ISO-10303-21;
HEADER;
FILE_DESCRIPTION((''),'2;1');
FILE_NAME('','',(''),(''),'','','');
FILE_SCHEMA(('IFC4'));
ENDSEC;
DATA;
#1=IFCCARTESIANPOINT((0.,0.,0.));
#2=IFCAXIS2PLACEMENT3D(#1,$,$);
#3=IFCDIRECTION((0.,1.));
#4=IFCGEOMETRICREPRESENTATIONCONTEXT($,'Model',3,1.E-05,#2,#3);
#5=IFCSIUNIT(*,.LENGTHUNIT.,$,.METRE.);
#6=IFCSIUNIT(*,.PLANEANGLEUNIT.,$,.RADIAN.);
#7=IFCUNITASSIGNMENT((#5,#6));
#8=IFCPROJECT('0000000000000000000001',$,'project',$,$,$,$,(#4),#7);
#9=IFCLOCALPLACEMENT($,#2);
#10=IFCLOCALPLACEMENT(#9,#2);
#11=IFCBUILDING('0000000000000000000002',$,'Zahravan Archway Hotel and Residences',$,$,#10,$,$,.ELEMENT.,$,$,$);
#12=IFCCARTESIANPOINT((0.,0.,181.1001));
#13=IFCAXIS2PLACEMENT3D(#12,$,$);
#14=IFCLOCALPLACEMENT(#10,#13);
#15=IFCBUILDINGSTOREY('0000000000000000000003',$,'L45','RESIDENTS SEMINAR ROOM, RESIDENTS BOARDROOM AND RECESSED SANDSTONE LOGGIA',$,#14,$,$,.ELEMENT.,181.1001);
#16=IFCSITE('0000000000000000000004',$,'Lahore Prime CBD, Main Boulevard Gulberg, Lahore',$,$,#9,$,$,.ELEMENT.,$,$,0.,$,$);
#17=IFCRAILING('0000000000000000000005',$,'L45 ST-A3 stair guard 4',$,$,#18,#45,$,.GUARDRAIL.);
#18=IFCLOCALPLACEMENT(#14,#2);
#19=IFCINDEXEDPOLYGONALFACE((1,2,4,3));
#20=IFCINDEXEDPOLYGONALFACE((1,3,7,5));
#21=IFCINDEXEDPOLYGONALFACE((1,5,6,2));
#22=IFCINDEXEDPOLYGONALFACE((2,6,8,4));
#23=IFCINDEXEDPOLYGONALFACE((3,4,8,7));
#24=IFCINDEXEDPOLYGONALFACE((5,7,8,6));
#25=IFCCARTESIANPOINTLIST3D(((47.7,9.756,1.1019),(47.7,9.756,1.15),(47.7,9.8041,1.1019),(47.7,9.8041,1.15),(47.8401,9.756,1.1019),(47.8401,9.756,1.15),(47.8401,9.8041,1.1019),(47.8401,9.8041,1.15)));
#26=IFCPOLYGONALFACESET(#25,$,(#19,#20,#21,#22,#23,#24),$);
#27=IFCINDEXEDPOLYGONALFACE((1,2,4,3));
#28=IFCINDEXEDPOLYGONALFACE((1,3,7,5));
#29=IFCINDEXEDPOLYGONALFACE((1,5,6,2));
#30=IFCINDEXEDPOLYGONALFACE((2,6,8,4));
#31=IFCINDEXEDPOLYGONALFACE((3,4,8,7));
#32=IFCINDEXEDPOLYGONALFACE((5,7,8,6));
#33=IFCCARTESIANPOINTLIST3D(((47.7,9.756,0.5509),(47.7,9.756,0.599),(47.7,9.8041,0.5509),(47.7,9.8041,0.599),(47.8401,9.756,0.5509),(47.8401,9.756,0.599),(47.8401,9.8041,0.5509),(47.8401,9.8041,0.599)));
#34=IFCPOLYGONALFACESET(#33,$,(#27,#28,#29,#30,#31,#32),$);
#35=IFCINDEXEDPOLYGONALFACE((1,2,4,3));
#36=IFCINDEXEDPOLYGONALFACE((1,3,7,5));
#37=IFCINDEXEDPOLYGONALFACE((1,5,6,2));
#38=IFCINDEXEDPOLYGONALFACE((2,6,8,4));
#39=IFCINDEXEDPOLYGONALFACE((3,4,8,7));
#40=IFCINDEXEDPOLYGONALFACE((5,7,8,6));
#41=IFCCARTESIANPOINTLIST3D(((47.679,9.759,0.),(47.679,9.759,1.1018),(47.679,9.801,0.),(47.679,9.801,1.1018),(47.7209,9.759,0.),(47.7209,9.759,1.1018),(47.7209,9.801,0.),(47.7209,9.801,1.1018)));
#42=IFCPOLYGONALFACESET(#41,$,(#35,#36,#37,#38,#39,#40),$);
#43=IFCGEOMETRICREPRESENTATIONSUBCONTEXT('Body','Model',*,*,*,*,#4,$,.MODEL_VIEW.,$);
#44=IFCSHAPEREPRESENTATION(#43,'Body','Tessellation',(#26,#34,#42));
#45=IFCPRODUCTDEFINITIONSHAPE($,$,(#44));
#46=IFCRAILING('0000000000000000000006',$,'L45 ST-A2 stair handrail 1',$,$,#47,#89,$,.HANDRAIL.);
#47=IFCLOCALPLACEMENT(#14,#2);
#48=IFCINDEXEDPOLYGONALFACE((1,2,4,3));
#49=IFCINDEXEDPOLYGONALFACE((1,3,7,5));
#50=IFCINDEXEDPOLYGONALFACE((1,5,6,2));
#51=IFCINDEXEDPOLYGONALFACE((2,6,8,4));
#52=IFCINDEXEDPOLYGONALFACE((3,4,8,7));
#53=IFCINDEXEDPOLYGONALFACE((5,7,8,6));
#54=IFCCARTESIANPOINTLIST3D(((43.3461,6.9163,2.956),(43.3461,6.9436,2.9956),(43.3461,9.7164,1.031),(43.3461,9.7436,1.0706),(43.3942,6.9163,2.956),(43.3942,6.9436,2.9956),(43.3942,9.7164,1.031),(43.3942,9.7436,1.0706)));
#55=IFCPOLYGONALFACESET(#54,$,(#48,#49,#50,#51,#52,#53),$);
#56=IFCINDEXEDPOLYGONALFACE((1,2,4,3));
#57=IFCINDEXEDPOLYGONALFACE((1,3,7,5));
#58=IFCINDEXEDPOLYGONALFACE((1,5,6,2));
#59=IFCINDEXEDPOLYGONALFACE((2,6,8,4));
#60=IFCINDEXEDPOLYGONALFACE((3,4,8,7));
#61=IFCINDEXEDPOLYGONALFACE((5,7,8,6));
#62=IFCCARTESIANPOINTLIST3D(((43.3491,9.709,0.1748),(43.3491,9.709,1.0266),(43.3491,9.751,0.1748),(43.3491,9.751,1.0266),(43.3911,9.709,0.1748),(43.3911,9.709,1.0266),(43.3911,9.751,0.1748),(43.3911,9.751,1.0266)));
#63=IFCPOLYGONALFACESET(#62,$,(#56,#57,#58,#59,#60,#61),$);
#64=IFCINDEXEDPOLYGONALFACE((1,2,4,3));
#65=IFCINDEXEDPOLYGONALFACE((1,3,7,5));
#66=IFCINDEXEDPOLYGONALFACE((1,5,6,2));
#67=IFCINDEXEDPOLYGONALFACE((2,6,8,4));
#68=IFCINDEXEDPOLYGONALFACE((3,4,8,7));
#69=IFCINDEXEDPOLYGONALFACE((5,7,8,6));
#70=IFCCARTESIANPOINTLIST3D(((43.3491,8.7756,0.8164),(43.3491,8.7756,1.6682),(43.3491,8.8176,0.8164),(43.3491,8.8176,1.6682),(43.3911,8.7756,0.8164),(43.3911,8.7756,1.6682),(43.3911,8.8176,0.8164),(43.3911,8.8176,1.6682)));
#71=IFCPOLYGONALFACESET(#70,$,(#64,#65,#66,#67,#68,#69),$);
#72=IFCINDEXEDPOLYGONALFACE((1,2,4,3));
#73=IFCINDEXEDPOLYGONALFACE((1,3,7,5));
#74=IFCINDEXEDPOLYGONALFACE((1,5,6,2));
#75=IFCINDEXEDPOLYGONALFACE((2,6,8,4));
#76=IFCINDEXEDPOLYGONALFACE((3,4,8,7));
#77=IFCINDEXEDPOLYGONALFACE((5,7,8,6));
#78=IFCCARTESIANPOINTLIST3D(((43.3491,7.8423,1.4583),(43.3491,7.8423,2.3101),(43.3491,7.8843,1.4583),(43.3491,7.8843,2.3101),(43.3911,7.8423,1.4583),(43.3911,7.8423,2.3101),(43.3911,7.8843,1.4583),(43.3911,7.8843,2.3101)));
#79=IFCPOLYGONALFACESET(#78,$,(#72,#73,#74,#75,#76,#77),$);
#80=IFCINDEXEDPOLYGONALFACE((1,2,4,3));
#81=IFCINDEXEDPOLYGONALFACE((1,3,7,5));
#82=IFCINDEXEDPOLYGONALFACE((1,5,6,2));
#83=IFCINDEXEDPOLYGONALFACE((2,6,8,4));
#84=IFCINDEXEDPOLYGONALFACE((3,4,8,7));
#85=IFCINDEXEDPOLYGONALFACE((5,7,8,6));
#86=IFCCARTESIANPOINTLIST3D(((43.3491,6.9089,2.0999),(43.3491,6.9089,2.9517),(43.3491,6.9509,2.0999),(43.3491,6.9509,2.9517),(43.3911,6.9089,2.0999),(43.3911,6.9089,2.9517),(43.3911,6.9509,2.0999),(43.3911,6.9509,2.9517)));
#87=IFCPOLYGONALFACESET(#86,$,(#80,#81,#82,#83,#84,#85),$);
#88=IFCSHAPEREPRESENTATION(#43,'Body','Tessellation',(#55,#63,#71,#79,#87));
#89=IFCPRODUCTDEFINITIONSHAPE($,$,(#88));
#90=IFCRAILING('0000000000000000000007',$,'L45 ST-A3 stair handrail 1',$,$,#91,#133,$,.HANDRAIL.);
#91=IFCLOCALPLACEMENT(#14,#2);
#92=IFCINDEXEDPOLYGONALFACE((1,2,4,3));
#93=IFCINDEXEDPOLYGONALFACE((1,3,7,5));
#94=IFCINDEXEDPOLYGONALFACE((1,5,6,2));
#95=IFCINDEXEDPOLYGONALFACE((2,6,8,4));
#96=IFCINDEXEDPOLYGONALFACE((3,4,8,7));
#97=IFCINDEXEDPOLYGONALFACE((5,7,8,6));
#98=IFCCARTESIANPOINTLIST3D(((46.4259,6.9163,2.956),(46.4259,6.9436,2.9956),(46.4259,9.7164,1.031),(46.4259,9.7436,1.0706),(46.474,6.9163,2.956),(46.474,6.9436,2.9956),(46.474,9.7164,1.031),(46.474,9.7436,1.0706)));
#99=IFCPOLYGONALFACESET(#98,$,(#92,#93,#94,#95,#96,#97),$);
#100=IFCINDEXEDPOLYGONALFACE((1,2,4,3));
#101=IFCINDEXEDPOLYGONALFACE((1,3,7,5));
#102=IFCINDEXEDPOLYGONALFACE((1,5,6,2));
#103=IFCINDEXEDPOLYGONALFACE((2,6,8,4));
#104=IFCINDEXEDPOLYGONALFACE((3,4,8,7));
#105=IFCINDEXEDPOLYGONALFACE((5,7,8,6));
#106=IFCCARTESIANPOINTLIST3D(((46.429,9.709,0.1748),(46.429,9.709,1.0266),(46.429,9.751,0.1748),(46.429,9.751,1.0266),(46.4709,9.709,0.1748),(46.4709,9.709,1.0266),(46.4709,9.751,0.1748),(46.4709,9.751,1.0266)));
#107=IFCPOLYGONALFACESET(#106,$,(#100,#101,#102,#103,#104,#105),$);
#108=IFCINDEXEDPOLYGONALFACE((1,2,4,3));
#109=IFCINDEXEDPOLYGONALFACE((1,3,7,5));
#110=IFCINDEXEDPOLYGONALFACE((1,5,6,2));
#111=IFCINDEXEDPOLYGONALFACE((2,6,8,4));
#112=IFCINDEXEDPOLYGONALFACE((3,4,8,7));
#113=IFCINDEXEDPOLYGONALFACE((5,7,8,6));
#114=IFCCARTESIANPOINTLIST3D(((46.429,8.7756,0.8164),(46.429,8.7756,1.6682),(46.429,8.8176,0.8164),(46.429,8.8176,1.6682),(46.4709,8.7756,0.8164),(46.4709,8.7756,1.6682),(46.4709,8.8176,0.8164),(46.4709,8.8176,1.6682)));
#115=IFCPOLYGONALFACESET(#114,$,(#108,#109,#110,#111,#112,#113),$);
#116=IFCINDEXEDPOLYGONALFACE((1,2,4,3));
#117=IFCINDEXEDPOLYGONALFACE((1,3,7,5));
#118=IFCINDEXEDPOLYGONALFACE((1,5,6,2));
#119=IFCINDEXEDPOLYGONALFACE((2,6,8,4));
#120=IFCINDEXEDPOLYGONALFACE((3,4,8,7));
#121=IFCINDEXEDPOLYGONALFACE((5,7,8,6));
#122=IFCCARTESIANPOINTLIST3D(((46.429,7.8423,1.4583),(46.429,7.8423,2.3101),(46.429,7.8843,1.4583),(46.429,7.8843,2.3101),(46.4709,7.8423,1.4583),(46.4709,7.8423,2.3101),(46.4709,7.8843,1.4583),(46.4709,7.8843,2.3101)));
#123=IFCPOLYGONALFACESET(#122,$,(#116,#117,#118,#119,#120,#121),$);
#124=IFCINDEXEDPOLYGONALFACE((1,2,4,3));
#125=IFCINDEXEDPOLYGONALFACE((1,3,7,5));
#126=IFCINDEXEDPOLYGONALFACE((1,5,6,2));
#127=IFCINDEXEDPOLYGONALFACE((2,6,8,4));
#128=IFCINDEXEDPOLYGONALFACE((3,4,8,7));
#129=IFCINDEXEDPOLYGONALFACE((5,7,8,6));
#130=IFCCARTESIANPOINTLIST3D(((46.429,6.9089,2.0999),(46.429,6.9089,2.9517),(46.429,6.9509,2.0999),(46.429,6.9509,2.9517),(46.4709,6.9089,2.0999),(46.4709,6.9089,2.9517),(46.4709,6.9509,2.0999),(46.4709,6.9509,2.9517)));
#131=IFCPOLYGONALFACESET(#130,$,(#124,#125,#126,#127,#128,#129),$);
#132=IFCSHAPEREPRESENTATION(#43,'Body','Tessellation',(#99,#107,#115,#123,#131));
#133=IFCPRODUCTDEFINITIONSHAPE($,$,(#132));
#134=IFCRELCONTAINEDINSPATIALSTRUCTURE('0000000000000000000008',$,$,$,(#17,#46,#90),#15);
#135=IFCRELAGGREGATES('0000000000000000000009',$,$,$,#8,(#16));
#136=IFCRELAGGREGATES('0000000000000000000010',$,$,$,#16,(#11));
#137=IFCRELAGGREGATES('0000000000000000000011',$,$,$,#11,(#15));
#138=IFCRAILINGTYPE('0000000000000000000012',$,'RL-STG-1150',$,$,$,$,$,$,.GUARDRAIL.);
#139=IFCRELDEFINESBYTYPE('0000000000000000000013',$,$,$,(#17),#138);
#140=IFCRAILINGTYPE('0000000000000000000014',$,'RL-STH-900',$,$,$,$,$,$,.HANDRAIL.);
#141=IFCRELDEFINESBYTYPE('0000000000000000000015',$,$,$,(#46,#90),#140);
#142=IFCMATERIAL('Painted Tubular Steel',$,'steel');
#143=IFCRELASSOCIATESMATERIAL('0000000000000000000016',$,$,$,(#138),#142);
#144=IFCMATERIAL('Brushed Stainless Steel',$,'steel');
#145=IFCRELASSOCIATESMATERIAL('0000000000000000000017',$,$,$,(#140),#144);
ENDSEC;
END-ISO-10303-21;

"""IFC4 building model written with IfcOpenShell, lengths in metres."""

from ifc_helpers import new_model, si_unit, direction, frame, origin, origin_2d, place, context, subcontext, project, spatial, rectangle, extrude, material, type_object, element, save


model = new_model("IFC4")

# Units and contexts
model_context = context("Model", 3, precision=1e-05, world=origin(), true_north=direction((0.0, 1.0)))
body_context = subcontext(model_context, "Body", "Model", "MODEL_VIEW")
ifc_project = project(units=[si_unit("LENGTHUNIT", "METRE"), si_unit("PLANEANGLEUNIT", "RADIAN")], contexts=[model_context])

# Site, building, storey
site_placement = place(None, origin())
site = spatial("IfcSite", under=ifc_project, at=site_placement, Name="Lahore Prime CBD, Main Boulevard Gulberg, Lahore", CompositionType="ELEMENT", RefElevation=0.0)
building_placement = place(site_placement, origin())
building = spatial("IfcBuilding", under=site, at=building_placement, Name="Zahravan Archway Hotel and Residences", CompositionType="ELEMENT")
storey_placement = place(building_placement, frame((0.0, 0.0, 181.1001)))
storey = spatial("IfcBuildingStorey", under=building, at=storey_placement, Name="L45", Description="RESIDENTS SEMINAR ROOM, RESIDENTS BOARDROOM AND RECESSED SANDSTONE LOGGIA", CompositionType="ELEMENT", Elevation=181.1001)

# Shared definitions
ifc_material_1 = material(Name="Brushed Stainless Steel", Category="steel")

# Railings
ifc_material_2 = material(Name="Painted Tubular Steel", Category="steel")
railing_type_1 = type_object("IfcRailingType", Name="RL-STG-1150", PredefinedType="GUARDRAIL", material=ifc_material_2)
railing_1_placement = place(storey_placement, frame((47.7, 9.78, 0.0)))
element("IfcRailing", 1, at=railing_1_placement, inside=storey, type_object=railing_type_1, Name="L45 ST-A3 stair guard 4", PredefinedType="GUARDRAIL", context=body_context, shape_type="SweptSolid", body=[
    extrude(rectangle(XDim=0.0481, YDim=0.0481, at=origin_2d()), frame((0.0, 0.0, 1.126), z_axis=(1.0, 0.0, 0.0), x_axis=(0.0, 1.0, 0.0)), (0.0, 0.0, 1.0), 0.1401),
    extrude(rectangle(XDim=0.0481, YDim=0.0481, at=origin_2d()), frame((0.0, 0.0, 0.575), z_axis=(1.0, 0.0, 0.0), x_axis=(0.0, 1.0, 0.0)), (0.0, 0.0, 1.0), 0.1401),
    extrude(rectangle(XDim=0.042, YDim=0.042, at=origin_2d()), origin(), (0.0, 0.0, 1.0), 1.1018),
])
railing_type_2 = type_object("IfcRailingType", Name="RL-STH-900", PredefinedType="HANDRAIL", material=ifc_material_1)
for number, where, name in (
    (2, (43.3701, 9.73, 0.1748), "L45 ST-A2 stair handrail 1"),
    (3, (46.45, 9.73, 0.1748), "L45 ST-A3 stair handrail 1"),
):
    element("IfcRailing", number, at=place(storey_placement, frame(where)), inside=storey, type_object=railing_type_2, Name=name, PredefinedType="HANDRAIL", context=body_context, shape_type="SweptSolid", body=[
        extrude(rectangle(XDim=0.0481, YDim=0.0481, at=origin_2d()), frame((0.0, 0.0, 0.876), z_axis=(0.0, -0.82404, 0.566532), x_axis=(1.0, 0.0, 0.0)), (0.0, 0.0, 1.0), 3.3979),
        extrude(rectangle(XDim=0.042, YDim=0.042, at=origin_2d()), origin(), (0.0, 0.0, 1.0), 0.8518),
        extrude(rectangle(XDim=0.042, YDim=0.042, at=origin_2d()), frame((0.0, -0.9333, 0.6416)), (0.0, 0.0, 1.0), 0.8518),
        extrude(rectangle(XDim=0.042, YDim=0.042, at=origin_2d()), frame((0.0, -1.8667, 1.2834)), (0.0, 0.0, 1.0), 0.8518),
        extrude(rectangle(XDim=0.042, YDim=0.042, at=origin_2d()), frame((0.0, -2.8, 1.925)), (0.0, 0.0, 1.0), 0.8518),
    ])

save(model, "model.ifc")
